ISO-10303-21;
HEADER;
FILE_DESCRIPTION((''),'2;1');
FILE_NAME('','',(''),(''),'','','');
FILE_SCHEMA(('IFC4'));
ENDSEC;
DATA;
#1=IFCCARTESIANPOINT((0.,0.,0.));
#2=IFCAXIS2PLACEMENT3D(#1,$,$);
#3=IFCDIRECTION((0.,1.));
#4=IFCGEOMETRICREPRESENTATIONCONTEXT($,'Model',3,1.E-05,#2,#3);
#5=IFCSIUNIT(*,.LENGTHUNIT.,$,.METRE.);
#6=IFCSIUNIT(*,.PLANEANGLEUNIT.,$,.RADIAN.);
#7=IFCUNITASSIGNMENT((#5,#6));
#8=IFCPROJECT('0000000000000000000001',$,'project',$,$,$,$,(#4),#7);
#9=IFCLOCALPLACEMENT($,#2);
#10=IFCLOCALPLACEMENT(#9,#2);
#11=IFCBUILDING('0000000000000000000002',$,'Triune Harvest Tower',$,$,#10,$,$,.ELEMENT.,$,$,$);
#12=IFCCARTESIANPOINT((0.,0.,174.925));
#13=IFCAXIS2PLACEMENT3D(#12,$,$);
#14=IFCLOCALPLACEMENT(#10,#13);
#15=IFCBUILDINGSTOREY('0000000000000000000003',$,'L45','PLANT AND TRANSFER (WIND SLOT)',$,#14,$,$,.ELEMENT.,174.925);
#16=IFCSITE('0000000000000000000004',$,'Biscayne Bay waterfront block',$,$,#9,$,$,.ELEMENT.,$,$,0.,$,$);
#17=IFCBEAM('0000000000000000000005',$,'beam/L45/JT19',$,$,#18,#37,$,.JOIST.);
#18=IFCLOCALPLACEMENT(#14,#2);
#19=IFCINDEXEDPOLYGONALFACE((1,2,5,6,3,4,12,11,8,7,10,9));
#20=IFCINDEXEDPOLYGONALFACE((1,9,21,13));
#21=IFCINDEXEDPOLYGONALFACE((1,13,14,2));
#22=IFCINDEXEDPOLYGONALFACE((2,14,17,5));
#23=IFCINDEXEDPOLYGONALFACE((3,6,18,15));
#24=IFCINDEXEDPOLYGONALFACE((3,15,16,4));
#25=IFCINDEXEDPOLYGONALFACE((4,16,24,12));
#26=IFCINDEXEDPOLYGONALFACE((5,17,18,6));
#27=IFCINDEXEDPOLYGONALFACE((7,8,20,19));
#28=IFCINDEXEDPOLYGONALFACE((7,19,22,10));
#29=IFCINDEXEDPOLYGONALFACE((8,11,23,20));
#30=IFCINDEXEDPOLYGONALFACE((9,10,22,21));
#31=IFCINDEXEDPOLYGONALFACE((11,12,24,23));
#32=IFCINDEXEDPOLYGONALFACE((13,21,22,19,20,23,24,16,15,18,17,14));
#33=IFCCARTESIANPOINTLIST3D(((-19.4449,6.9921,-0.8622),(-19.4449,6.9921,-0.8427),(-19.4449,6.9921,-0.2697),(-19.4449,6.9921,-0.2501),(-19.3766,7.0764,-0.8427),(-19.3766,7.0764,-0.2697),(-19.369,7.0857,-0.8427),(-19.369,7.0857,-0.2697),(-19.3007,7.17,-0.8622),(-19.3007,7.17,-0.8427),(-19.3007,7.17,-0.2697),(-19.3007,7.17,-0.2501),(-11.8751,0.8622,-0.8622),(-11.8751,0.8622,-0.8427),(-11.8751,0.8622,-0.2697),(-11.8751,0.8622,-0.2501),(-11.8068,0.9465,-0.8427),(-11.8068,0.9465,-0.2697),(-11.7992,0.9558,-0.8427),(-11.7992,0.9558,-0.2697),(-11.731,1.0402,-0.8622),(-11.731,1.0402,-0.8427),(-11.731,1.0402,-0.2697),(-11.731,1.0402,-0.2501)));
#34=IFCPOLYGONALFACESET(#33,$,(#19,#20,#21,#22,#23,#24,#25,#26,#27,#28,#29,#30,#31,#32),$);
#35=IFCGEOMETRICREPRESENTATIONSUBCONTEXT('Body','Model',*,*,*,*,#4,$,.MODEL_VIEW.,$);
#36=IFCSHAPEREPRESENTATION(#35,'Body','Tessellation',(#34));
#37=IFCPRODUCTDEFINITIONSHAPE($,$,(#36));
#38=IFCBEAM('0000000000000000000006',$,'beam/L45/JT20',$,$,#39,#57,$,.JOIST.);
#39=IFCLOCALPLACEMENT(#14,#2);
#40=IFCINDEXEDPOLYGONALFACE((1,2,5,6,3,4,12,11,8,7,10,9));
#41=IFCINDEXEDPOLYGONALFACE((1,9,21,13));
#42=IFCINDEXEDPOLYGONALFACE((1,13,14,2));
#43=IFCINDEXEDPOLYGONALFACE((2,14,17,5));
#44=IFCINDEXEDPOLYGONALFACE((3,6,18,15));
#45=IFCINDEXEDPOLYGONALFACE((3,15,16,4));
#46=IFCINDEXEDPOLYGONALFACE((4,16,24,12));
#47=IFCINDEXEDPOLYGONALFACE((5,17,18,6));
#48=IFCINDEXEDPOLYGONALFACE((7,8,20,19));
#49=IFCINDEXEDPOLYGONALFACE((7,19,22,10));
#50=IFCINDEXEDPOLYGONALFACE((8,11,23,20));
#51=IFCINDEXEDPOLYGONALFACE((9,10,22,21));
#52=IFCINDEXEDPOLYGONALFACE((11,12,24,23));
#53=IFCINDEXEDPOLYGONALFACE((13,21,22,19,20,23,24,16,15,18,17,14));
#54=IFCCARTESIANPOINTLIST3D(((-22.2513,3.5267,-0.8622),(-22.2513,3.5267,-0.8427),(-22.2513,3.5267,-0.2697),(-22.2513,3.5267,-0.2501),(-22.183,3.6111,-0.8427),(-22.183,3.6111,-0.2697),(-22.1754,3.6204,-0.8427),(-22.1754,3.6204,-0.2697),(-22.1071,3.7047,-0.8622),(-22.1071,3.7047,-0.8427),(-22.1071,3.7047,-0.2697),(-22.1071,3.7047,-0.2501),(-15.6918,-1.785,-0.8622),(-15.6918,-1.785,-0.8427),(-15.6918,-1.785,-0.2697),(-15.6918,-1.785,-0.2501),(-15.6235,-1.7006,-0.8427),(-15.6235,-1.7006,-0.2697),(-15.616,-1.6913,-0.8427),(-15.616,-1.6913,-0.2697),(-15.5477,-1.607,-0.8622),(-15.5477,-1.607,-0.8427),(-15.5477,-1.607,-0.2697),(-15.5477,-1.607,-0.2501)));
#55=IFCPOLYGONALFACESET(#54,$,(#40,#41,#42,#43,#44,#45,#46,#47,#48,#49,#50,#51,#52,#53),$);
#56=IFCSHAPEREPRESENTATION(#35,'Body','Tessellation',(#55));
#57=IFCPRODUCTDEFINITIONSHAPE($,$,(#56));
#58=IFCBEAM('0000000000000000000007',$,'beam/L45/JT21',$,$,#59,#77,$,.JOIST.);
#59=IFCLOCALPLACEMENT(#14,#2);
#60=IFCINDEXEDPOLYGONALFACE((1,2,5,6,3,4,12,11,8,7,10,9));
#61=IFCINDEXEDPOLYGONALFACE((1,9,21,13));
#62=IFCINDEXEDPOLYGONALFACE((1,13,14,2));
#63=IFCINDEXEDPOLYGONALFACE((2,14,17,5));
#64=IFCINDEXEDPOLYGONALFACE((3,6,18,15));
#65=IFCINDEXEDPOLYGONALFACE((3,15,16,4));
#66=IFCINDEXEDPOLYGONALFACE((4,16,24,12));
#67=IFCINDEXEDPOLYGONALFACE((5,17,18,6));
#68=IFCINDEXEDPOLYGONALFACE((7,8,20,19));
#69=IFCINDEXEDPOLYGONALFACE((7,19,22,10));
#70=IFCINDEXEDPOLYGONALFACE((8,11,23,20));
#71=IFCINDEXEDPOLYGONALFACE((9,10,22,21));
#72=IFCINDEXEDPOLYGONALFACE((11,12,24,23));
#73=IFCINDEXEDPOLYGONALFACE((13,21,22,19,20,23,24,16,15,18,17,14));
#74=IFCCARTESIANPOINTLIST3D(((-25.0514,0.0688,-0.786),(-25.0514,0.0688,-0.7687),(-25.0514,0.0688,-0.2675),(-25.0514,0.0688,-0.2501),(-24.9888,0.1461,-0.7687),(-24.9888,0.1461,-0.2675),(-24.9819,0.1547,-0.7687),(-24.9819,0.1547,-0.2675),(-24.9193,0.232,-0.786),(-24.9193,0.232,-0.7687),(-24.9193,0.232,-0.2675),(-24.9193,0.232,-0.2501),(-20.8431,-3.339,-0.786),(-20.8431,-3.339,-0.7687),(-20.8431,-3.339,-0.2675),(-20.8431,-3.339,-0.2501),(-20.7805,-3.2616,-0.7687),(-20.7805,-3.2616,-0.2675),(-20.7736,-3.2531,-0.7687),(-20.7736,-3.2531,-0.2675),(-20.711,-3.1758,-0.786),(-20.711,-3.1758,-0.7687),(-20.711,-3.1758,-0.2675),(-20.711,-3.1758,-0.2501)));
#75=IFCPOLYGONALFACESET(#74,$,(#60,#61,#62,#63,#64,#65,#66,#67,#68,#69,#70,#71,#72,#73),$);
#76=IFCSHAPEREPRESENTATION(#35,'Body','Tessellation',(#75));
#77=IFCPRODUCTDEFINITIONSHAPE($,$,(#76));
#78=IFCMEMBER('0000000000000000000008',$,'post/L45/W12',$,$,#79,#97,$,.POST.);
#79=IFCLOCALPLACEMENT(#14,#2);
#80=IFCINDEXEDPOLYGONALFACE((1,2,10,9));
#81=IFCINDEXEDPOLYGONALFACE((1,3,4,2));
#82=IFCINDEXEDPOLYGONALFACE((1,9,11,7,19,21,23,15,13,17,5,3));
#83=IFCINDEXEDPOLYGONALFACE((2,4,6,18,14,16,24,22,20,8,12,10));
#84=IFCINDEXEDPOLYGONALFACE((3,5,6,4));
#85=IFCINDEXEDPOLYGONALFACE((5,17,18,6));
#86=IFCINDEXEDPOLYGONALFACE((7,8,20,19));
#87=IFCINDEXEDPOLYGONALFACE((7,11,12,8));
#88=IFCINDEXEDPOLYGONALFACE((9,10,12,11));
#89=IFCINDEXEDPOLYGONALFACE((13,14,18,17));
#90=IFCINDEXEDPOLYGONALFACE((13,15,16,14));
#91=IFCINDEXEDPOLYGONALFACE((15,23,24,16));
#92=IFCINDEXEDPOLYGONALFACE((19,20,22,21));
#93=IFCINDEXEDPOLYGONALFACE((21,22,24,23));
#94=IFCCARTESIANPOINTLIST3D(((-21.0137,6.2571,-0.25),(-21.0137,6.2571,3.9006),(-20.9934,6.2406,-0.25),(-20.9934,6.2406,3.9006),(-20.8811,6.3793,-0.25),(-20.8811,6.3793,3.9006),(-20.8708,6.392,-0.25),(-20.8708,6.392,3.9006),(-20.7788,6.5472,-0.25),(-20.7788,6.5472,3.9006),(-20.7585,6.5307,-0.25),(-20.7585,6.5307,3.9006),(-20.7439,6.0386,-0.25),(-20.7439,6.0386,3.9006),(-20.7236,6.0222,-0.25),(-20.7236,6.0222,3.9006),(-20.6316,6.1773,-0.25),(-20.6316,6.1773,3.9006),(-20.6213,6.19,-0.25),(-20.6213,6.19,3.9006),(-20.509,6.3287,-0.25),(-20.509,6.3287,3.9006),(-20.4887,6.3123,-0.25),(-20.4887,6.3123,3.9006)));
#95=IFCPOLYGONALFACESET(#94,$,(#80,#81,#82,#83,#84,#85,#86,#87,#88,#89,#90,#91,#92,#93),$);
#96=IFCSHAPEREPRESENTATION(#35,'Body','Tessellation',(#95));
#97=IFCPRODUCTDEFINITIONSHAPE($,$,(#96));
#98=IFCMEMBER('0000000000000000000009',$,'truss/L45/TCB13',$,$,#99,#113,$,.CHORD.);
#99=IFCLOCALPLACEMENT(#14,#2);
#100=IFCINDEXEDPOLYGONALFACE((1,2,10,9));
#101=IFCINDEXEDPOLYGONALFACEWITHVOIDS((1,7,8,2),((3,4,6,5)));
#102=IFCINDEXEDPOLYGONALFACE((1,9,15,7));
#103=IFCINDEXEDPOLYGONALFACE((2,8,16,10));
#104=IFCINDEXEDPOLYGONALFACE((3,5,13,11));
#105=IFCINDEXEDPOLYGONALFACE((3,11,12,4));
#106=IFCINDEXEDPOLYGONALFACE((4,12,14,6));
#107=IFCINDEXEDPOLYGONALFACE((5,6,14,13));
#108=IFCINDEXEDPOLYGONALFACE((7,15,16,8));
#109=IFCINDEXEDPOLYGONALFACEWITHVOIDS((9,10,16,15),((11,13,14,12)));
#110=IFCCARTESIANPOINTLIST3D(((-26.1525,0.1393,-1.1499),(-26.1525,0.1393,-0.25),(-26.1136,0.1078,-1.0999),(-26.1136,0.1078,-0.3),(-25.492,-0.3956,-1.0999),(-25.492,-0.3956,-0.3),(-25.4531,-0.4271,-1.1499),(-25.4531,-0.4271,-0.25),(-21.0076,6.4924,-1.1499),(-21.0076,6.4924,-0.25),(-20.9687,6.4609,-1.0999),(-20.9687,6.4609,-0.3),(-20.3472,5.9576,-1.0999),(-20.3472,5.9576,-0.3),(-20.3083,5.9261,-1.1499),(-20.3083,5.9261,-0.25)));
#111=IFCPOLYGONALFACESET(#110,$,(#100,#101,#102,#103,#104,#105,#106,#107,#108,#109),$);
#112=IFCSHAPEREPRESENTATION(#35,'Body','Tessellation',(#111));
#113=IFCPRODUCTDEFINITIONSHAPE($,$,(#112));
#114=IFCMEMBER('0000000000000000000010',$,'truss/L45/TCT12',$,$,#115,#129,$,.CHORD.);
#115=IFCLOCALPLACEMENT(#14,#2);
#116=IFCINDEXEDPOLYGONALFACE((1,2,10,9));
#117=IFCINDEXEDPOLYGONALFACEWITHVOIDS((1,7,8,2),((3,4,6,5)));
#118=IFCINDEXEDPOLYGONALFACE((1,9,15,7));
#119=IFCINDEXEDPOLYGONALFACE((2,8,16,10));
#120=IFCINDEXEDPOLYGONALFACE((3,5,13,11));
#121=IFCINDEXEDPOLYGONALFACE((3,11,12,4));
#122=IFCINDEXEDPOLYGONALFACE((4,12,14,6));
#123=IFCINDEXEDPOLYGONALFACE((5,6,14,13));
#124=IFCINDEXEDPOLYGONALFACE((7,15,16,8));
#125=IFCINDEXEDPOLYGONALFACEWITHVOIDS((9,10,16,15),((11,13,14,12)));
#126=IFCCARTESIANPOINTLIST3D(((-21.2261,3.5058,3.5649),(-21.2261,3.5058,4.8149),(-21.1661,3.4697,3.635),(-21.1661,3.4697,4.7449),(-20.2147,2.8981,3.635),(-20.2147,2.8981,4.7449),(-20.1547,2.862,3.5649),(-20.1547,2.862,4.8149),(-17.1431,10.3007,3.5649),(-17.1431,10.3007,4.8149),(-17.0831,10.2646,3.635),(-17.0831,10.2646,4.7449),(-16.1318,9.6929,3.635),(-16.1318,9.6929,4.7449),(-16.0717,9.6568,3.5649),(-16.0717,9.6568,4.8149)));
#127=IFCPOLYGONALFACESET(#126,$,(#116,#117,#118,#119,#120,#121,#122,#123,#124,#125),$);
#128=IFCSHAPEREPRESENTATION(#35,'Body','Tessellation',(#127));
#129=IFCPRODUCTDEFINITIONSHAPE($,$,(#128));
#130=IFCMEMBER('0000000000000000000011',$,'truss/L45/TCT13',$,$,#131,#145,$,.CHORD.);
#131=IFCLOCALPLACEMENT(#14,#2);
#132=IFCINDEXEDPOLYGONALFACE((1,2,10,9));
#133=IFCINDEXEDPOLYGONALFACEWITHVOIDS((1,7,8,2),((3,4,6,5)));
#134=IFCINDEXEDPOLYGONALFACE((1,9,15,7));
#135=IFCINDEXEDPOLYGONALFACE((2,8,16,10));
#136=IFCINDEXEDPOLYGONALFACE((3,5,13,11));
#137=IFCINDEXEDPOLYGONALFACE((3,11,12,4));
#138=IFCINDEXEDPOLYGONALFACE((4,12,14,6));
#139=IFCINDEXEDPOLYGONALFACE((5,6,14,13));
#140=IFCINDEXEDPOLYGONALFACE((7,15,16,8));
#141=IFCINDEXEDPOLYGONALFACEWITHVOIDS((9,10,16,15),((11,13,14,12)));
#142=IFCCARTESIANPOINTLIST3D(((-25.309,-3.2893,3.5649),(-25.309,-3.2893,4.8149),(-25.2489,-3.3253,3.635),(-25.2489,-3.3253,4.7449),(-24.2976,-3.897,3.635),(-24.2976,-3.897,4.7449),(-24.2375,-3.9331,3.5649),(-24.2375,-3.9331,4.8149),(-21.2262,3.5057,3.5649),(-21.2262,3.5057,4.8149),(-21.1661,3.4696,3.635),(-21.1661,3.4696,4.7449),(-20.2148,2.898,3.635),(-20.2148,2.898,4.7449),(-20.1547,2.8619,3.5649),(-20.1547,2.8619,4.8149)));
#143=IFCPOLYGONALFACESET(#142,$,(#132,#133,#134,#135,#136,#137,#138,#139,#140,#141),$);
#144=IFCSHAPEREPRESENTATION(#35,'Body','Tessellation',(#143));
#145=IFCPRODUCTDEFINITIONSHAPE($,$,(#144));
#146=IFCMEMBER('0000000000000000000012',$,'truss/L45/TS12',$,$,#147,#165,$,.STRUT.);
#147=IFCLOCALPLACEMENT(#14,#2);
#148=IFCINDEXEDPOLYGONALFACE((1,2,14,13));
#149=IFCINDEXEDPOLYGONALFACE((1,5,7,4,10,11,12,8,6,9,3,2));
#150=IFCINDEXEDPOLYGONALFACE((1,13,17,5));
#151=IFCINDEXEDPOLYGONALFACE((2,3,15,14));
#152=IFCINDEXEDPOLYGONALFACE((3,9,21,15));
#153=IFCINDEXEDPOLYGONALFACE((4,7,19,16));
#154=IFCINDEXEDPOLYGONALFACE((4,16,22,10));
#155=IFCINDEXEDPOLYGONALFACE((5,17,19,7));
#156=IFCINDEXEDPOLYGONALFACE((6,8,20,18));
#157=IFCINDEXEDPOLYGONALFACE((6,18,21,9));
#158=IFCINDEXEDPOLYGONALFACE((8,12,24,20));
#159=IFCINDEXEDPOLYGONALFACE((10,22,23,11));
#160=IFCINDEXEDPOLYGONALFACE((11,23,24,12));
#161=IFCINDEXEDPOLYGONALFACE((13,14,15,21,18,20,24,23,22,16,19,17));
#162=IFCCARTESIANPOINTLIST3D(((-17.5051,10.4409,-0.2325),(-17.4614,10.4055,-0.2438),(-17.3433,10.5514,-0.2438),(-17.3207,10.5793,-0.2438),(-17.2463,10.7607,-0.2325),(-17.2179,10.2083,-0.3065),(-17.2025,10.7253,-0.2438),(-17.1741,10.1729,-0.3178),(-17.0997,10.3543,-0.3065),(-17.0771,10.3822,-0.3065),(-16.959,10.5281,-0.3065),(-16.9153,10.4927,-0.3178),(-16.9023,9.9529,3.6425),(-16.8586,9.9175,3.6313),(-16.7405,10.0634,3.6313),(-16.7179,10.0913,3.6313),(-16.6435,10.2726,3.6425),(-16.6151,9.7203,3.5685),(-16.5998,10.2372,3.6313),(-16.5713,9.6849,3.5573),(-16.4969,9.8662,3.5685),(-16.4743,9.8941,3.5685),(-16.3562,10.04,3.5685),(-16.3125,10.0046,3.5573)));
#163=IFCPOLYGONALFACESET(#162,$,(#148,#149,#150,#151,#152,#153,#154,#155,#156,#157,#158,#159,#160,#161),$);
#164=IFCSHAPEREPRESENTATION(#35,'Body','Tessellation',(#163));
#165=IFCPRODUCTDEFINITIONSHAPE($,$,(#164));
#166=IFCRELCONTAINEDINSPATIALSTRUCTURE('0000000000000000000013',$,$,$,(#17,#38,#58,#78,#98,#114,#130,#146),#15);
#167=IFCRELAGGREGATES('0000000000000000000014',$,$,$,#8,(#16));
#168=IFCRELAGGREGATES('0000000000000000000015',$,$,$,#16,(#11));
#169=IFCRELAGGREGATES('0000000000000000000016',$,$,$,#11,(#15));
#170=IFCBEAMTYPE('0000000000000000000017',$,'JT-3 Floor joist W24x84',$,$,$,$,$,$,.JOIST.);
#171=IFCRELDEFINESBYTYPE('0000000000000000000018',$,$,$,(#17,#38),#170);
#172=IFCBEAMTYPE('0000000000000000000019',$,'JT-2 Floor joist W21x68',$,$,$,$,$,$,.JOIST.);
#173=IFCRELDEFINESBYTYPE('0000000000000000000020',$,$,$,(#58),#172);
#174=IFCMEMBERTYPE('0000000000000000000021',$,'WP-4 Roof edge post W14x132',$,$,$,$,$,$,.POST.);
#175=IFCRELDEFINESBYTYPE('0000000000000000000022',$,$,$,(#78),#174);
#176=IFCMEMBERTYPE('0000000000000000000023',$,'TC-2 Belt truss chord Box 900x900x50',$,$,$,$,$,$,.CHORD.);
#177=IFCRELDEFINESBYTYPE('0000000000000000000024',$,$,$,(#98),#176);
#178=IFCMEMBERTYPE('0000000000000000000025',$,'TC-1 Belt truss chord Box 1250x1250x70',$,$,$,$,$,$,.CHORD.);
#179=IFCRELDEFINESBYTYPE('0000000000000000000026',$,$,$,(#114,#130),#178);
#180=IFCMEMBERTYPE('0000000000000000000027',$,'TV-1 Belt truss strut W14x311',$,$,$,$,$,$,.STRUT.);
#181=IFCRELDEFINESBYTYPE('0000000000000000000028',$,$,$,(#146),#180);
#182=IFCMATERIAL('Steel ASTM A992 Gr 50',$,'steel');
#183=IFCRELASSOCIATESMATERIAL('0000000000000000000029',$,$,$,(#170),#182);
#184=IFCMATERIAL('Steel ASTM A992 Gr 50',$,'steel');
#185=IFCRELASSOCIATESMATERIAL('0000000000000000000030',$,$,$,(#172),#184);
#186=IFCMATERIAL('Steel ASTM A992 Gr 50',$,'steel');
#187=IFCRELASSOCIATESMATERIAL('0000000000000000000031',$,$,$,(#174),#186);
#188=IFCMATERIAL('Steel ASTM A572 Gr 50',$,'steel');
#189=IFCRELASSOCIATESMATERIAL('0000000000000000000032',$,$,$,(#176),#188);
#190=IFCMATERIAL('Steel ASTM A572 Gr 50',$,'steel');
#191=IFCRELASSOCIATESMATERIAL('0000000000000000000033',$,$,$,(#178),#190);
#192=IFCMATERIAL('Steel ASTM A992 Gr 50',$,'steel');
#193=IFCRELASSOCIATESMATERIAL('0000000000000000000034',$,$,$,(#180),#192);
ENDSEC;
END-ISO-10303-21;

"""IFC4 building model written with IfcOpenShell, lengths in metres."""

from ifc_helpers import new_model, si_unit, direction, frame, origin, origin_2d, place, context, subcontext, project, spatial, hollow_rectangle, i_section, extrude, source, transform, mapped, material, material_profile, profile_set, type_object, element, save


model = new_model("IFC4")

# Units and contexts
model_context = context("Model", 3, precision=1e-05, world=origin(), true_north=direction((0.0, 1.0)))
body_context = subcontext(model_context, "Body", "Model", "MODEL_VIEW")
ifc_project = project(units=[si_unit("LENGTHUNIT", "METRE"), si_unit("PLANEANGLEUNIT", "RADIAN")], contexts=[model_context])

# Site, building, storey
site_placement = place(None, origin())
site = spatial("IfcSite", under=ifc_project, at=site_placement, Name="Biscayne Bay waterfront block", CompositionType="ELEMENT", RefElevation=0.0)
building_placement = place(site_placement, origin())
building = spatial("IfcBuilding", under=site, at=building_placement, Name="Triune Harvest Tower", CompositionType="ELEMENT")
storey_placement = place(building_placement, frame((0.0, 0.0, 174.925)))
storey = spatial("IfcBuildingStorey", under=building, at=storey_placement, Name="L45", Description="PLANT AND TRANSFER (WIND SLOT)", CompositionType="ELEMENT", Elevation=174.925)

# Beams
ifc_material_1 = material(Name="Steel ASTM A992 Gr 50", Category="steel")
ifc_material_profile_1 = material_profile(ifc_material_1, i_section(OverallWidth=0.229, OverallDepth=0.6121, WebThickness=0.012, FlangeThickness=0.0195, at=origin_2d()), Name="W24x84")
ifc_profile_set_1 = profile_set([ifc_material_profile_1], Name="Steel ASTM A992 Gr 50")
beam_type_1 = type_object("IfcBeamType", Name="JT-3 Floor joist W24x84", PredefinedType="JOIST", material=ifc_profile_set_1)
beam_1_placement = place(storey_placement, frame((-19.3728, 7.0811, -0.5562), z_axis=(0.777148, -0.629318, 0.0), x_axis=(0.629318, 0.777148, 0.0)))
element("IfcBeam", 1, at=beam_1_placement, inside=storey, type_object=beam_type_1, Name="beam/L45/JT19", PredefinedType="JOIST", context=body_context, shape_type="SweptSolid", body=[
    extrude(i_section(OverallWidth=0.229, OverallDepth=0.6121, WebThickness=0.012, FlangeThickness=0.0195, at=origin_2d()), origin(), (0.0, 0.0, 1.0), 9.7405),
])
shared_shape_1 = source(origin(), body_context, "Body", "SweptSolid", [
    extrude(i_section(OverallWidth=0.229, OverallDepth=0.6121, WebThickness=0.012, FlangeThickness=0.0195, at=origin_2d()), origin(), (0.0, 0.0, 1.0), 8.4404),
])
beam_2_placement = place(storey_placement, frame((-22.1792, 3.6157, -0.5562), z_axis=(0.77715, -0.629316, 0.0), x_axis=(0.629316, 0.77715, 0.0)))
element("IfcBeam", 2, at=beam_2_placement, inside=storey, type_object=beam_type_1, Name="beam/L45/JT20", PredefinedType="JOIST", context=body_context, shape_type="MappedRepresentation", body=[
    mapped(shared_shape_1, transform((0.0, 0.0, 0.0), scale=1.0)),
])
ifc_material_2 = material(Name="Steel ASTM A992 Gr 50", Category="steel")
ifc_material_profile_2 = material_profile(ifc_material_2, i_section(OverallWidth=0.21, OverallDepth=0.5359, WebThickness=0.011, FlangeThickness=0.0173, at=origin_2d()), Name="W21x68")
ifc_profile_set_2 = profile_set([ifc_material_profile_2], Name="Steel ASTM A992 Gr 50")
beam_type_2 = type_object("IfcBeamType", Name="JT-2 Floor joist W21x68", PredefinedType="JOIST", material=ifc_profile_set_2)
shared_shape_2 = source(origin(), body_context, "Body", "SweptSolid", [
    extrude(i_section(OverallWidth=0.21, OverallDepth=0.5359, WebThickness=0.011, FlangeThickness=0.0173, at=origin_2d()), origin(), (0.0, 0.0, 1.0), 5.415),
])
beam_3_placement = place(storey_placement, frame((-24.9854, 0.1504, -0.5181), z_axis=(0.777151, -0.629314, 0.0), x_axis=(0.629314, 0.777151, 0.0)))
element("IfcBeam", 3, at=beam_3_placement, inside=storey, type_object=beam_type_2, Name="beam/L45/JT21", PredefinedType="JOIST", context=body_context, shape_type="MappedRepresentation", body=[
    mapped(shared_shape_2, transform((0.0, 0.0, 0.0), scale=1.0)),
])

# Members
ifc_material_3 = material(Name="Steel ASTM A992 Gr 50", Category="steel")
ifc_material_profile_3 = material_profile(ifc_material_3, i_section(OverallWidth=0.3733, OverallDepth=0.3733, WebThickness=0.0164, FlangeThickness=0.0261, at=origin_2d()), Name="W14x132")
ifc_profile_set_3 = profile_set([ifc_material_profile_3], Name="Steel ASTM A992 Gr 50")
member_type_1 = type_object("IfcMemberType", Name="WP-4 Roof edge post W14x132", PredefinedType="POST", material=ifc_profile_set_3)
shared_shape_3 = source(origin(), body_context, "Body", "SweptSolid", [
    extrude(i_section(OverallWidth=0.3733, OverallDepth=0.3733, WebThickness=0.0164, FlangeThickness=0.0261, at=origin_2d()), origin(), (0.0, 0.0, 1.0), 4.1506),
])
member_1_placement = place(storey_placement, frame((-20.7512, 6.2847, -0.25), z_axis=(0.0, 0.0, 1.0), x_axis=(-0.629322, -0.777145, 0.0)))
element("IfcMember", 4, at=member_1_placement, inside=storey, type_object=member_type_1, Name="post/L45/W12", PredefinedType="POST", context=body_context, shape_type="MappedRepresentation", body=[
    mapped(shared_shape_3, transform((0.0, 0.0, 0.0), scale=1.0)),
])
ifc_material_4 = material(Name="Steel ASTM A572 Gr 50", Category="steel")
ifc_material_profile_4 = material_profile(ifc_material_4, hollow_rectangle(XDim=0.8999, YDim=0.8999, WallThickness=0.05, at=origin_2d()), Name="Box 900x900x50")
ifc_profile_set_4 = profile_set([ifc_material_profile_4], Name="Steel ASTM A572 Gr 50")
member_type_2 = type_object("IfcMemberType", Name="TC-2 Belt truss chord Box 900x900x50", PredefinedType="CHORD", material=ifc_profile_set_4)
shared_shape_4 = source(origin(), body_context, "Body", "SweptSolid", [
    extrude(hollow_rectangle(XDim=0.8999, YDim=0.8999, WallThickness=0.05, at=origin_2d()), origin(), (0.0, 0.0, 1.0), 8.175),
])
member_2_placement = place(storey_placement, frame((-20.658, 6.2092, -0.7), z_axis=(-0.629335, -0.777134, 0.0), x_axis=(0.777134, -0.629335, 0.0)))
element("IfcMember", 5, at=member_2_placement, inside=storey, type_object=member_type_2, Name="truss/L45/TCB13", PredefinedType="CHORD", context=body_context, shape_type="MappedRepresentation", body=[
    mapped(shared_shape_4, transform((0.0, 0.0, 0.0), scale=1.0)),
])
ifc_material_5 = material(Name="Steel ASTM A572 Gr 50", Category="steel")
ifc_material_profile_5 = material_profile(ifc_material_5, hollow_rectangle(XDim=1.25, YDim=1.25, WallThickness=0.0701, at=origin_2d()), Name="Box 1250x1250x70")
ifc_profile_set_5 = profile_set([ifc_material_profile_5], Name="Steel ASTM A572 Gr 50")
member_type_3 = type_object("IfcMemberType", Name="TC-1 Belt truss chord Box 1250x1250x70", PredefinedType="CHORD", material=ifc_profile_set_5)
shared_shape_5 = source(origin(), body_context, "Body", "SweptSolid", [
    extrude(hollow_rectangle(XDim=1.25, YDim=1.25, WallThickness=0.0701, at=origin_2d()), origin(), (0.0, 0.0, 1.0), 7.9272),
])
for number, where, z_axis, x_axis, name in (
    (6, (-16.6074, 9.9788, 4.1899), (-0.515057, -0.857156, 0.0), (0.857156, -0.515057, 0.0), "truss/L45/TCT12"),
    (7, (-20.6904, 3.1838, 4.1899), (-0.515035, -0.857169, 0.0), (0.857169, -0.515035, 0.0), "truss/L45/TCT13"),
):
    element("IfcMember", number, at=place(storey_placement, frame(where, z_axis=z_axis, x_axis=x_axis)), inside=storey, type_object=member_type_3, Name=name, PredefinedType="CHORD", context=body_context, shape_type="MappedRepresentation", body=[
        mapped(shared_shape_5, transform((0.0, 0.0, 0.0), scale=1.0)),
    ])
ifc_material_6 = material(Name="Steel ASTM A992 Gr 50", Category="steel")
ifc_material_profile_6 = material_profile(ifc_material_6, i_section(OverallWidth=0.4114, OverallDepth=0.4343, WebThickness=0.0359, FlangeThickness=0.0574, at=origin_2d()), Name="W14x311")
ifc_profile_set_6 = profile_set([ifc_material_profile_6], Name="Steel ASTM A992 Gr 50")
member_type_4 = type_object("IfcMemberType", Name="TV-1 Belt truss strut W14x311", PredefinedType="STRUT", material=ifc_profile_set_6)
shared_shape_6 = source(origin(), body_context, "Body", "SweptSolid", [
    extrude(i_section(OverallWidth=0.4114, OverallDepth=0.4343, WebThickness=0.0359, FlangeThickness=0.0574, at=origin_2d()), origin(), (0.0, 0.0, 1.0), 3.9519),
])
member_3_placement = place(storey_placement, frame((-17.2102, 10.4668, -0.2751), z_axis=(0.152532, -0.123496, 0.980552), x_axis=(0.629253, 0.777201, 0.0)))
element("IfcMember", 8, at=member_3_placement, inside=storey, type_object=member_type_4, Name="truss/L45/TS12", PredefinedType="STRUT", context=body_context, shape_type="MappedRepresentation", body=[
    mapped(shared_shape_6, transform((0.0, 0.0, 0.0), scale=1.0)),
])

save(model, "model.ifc")
